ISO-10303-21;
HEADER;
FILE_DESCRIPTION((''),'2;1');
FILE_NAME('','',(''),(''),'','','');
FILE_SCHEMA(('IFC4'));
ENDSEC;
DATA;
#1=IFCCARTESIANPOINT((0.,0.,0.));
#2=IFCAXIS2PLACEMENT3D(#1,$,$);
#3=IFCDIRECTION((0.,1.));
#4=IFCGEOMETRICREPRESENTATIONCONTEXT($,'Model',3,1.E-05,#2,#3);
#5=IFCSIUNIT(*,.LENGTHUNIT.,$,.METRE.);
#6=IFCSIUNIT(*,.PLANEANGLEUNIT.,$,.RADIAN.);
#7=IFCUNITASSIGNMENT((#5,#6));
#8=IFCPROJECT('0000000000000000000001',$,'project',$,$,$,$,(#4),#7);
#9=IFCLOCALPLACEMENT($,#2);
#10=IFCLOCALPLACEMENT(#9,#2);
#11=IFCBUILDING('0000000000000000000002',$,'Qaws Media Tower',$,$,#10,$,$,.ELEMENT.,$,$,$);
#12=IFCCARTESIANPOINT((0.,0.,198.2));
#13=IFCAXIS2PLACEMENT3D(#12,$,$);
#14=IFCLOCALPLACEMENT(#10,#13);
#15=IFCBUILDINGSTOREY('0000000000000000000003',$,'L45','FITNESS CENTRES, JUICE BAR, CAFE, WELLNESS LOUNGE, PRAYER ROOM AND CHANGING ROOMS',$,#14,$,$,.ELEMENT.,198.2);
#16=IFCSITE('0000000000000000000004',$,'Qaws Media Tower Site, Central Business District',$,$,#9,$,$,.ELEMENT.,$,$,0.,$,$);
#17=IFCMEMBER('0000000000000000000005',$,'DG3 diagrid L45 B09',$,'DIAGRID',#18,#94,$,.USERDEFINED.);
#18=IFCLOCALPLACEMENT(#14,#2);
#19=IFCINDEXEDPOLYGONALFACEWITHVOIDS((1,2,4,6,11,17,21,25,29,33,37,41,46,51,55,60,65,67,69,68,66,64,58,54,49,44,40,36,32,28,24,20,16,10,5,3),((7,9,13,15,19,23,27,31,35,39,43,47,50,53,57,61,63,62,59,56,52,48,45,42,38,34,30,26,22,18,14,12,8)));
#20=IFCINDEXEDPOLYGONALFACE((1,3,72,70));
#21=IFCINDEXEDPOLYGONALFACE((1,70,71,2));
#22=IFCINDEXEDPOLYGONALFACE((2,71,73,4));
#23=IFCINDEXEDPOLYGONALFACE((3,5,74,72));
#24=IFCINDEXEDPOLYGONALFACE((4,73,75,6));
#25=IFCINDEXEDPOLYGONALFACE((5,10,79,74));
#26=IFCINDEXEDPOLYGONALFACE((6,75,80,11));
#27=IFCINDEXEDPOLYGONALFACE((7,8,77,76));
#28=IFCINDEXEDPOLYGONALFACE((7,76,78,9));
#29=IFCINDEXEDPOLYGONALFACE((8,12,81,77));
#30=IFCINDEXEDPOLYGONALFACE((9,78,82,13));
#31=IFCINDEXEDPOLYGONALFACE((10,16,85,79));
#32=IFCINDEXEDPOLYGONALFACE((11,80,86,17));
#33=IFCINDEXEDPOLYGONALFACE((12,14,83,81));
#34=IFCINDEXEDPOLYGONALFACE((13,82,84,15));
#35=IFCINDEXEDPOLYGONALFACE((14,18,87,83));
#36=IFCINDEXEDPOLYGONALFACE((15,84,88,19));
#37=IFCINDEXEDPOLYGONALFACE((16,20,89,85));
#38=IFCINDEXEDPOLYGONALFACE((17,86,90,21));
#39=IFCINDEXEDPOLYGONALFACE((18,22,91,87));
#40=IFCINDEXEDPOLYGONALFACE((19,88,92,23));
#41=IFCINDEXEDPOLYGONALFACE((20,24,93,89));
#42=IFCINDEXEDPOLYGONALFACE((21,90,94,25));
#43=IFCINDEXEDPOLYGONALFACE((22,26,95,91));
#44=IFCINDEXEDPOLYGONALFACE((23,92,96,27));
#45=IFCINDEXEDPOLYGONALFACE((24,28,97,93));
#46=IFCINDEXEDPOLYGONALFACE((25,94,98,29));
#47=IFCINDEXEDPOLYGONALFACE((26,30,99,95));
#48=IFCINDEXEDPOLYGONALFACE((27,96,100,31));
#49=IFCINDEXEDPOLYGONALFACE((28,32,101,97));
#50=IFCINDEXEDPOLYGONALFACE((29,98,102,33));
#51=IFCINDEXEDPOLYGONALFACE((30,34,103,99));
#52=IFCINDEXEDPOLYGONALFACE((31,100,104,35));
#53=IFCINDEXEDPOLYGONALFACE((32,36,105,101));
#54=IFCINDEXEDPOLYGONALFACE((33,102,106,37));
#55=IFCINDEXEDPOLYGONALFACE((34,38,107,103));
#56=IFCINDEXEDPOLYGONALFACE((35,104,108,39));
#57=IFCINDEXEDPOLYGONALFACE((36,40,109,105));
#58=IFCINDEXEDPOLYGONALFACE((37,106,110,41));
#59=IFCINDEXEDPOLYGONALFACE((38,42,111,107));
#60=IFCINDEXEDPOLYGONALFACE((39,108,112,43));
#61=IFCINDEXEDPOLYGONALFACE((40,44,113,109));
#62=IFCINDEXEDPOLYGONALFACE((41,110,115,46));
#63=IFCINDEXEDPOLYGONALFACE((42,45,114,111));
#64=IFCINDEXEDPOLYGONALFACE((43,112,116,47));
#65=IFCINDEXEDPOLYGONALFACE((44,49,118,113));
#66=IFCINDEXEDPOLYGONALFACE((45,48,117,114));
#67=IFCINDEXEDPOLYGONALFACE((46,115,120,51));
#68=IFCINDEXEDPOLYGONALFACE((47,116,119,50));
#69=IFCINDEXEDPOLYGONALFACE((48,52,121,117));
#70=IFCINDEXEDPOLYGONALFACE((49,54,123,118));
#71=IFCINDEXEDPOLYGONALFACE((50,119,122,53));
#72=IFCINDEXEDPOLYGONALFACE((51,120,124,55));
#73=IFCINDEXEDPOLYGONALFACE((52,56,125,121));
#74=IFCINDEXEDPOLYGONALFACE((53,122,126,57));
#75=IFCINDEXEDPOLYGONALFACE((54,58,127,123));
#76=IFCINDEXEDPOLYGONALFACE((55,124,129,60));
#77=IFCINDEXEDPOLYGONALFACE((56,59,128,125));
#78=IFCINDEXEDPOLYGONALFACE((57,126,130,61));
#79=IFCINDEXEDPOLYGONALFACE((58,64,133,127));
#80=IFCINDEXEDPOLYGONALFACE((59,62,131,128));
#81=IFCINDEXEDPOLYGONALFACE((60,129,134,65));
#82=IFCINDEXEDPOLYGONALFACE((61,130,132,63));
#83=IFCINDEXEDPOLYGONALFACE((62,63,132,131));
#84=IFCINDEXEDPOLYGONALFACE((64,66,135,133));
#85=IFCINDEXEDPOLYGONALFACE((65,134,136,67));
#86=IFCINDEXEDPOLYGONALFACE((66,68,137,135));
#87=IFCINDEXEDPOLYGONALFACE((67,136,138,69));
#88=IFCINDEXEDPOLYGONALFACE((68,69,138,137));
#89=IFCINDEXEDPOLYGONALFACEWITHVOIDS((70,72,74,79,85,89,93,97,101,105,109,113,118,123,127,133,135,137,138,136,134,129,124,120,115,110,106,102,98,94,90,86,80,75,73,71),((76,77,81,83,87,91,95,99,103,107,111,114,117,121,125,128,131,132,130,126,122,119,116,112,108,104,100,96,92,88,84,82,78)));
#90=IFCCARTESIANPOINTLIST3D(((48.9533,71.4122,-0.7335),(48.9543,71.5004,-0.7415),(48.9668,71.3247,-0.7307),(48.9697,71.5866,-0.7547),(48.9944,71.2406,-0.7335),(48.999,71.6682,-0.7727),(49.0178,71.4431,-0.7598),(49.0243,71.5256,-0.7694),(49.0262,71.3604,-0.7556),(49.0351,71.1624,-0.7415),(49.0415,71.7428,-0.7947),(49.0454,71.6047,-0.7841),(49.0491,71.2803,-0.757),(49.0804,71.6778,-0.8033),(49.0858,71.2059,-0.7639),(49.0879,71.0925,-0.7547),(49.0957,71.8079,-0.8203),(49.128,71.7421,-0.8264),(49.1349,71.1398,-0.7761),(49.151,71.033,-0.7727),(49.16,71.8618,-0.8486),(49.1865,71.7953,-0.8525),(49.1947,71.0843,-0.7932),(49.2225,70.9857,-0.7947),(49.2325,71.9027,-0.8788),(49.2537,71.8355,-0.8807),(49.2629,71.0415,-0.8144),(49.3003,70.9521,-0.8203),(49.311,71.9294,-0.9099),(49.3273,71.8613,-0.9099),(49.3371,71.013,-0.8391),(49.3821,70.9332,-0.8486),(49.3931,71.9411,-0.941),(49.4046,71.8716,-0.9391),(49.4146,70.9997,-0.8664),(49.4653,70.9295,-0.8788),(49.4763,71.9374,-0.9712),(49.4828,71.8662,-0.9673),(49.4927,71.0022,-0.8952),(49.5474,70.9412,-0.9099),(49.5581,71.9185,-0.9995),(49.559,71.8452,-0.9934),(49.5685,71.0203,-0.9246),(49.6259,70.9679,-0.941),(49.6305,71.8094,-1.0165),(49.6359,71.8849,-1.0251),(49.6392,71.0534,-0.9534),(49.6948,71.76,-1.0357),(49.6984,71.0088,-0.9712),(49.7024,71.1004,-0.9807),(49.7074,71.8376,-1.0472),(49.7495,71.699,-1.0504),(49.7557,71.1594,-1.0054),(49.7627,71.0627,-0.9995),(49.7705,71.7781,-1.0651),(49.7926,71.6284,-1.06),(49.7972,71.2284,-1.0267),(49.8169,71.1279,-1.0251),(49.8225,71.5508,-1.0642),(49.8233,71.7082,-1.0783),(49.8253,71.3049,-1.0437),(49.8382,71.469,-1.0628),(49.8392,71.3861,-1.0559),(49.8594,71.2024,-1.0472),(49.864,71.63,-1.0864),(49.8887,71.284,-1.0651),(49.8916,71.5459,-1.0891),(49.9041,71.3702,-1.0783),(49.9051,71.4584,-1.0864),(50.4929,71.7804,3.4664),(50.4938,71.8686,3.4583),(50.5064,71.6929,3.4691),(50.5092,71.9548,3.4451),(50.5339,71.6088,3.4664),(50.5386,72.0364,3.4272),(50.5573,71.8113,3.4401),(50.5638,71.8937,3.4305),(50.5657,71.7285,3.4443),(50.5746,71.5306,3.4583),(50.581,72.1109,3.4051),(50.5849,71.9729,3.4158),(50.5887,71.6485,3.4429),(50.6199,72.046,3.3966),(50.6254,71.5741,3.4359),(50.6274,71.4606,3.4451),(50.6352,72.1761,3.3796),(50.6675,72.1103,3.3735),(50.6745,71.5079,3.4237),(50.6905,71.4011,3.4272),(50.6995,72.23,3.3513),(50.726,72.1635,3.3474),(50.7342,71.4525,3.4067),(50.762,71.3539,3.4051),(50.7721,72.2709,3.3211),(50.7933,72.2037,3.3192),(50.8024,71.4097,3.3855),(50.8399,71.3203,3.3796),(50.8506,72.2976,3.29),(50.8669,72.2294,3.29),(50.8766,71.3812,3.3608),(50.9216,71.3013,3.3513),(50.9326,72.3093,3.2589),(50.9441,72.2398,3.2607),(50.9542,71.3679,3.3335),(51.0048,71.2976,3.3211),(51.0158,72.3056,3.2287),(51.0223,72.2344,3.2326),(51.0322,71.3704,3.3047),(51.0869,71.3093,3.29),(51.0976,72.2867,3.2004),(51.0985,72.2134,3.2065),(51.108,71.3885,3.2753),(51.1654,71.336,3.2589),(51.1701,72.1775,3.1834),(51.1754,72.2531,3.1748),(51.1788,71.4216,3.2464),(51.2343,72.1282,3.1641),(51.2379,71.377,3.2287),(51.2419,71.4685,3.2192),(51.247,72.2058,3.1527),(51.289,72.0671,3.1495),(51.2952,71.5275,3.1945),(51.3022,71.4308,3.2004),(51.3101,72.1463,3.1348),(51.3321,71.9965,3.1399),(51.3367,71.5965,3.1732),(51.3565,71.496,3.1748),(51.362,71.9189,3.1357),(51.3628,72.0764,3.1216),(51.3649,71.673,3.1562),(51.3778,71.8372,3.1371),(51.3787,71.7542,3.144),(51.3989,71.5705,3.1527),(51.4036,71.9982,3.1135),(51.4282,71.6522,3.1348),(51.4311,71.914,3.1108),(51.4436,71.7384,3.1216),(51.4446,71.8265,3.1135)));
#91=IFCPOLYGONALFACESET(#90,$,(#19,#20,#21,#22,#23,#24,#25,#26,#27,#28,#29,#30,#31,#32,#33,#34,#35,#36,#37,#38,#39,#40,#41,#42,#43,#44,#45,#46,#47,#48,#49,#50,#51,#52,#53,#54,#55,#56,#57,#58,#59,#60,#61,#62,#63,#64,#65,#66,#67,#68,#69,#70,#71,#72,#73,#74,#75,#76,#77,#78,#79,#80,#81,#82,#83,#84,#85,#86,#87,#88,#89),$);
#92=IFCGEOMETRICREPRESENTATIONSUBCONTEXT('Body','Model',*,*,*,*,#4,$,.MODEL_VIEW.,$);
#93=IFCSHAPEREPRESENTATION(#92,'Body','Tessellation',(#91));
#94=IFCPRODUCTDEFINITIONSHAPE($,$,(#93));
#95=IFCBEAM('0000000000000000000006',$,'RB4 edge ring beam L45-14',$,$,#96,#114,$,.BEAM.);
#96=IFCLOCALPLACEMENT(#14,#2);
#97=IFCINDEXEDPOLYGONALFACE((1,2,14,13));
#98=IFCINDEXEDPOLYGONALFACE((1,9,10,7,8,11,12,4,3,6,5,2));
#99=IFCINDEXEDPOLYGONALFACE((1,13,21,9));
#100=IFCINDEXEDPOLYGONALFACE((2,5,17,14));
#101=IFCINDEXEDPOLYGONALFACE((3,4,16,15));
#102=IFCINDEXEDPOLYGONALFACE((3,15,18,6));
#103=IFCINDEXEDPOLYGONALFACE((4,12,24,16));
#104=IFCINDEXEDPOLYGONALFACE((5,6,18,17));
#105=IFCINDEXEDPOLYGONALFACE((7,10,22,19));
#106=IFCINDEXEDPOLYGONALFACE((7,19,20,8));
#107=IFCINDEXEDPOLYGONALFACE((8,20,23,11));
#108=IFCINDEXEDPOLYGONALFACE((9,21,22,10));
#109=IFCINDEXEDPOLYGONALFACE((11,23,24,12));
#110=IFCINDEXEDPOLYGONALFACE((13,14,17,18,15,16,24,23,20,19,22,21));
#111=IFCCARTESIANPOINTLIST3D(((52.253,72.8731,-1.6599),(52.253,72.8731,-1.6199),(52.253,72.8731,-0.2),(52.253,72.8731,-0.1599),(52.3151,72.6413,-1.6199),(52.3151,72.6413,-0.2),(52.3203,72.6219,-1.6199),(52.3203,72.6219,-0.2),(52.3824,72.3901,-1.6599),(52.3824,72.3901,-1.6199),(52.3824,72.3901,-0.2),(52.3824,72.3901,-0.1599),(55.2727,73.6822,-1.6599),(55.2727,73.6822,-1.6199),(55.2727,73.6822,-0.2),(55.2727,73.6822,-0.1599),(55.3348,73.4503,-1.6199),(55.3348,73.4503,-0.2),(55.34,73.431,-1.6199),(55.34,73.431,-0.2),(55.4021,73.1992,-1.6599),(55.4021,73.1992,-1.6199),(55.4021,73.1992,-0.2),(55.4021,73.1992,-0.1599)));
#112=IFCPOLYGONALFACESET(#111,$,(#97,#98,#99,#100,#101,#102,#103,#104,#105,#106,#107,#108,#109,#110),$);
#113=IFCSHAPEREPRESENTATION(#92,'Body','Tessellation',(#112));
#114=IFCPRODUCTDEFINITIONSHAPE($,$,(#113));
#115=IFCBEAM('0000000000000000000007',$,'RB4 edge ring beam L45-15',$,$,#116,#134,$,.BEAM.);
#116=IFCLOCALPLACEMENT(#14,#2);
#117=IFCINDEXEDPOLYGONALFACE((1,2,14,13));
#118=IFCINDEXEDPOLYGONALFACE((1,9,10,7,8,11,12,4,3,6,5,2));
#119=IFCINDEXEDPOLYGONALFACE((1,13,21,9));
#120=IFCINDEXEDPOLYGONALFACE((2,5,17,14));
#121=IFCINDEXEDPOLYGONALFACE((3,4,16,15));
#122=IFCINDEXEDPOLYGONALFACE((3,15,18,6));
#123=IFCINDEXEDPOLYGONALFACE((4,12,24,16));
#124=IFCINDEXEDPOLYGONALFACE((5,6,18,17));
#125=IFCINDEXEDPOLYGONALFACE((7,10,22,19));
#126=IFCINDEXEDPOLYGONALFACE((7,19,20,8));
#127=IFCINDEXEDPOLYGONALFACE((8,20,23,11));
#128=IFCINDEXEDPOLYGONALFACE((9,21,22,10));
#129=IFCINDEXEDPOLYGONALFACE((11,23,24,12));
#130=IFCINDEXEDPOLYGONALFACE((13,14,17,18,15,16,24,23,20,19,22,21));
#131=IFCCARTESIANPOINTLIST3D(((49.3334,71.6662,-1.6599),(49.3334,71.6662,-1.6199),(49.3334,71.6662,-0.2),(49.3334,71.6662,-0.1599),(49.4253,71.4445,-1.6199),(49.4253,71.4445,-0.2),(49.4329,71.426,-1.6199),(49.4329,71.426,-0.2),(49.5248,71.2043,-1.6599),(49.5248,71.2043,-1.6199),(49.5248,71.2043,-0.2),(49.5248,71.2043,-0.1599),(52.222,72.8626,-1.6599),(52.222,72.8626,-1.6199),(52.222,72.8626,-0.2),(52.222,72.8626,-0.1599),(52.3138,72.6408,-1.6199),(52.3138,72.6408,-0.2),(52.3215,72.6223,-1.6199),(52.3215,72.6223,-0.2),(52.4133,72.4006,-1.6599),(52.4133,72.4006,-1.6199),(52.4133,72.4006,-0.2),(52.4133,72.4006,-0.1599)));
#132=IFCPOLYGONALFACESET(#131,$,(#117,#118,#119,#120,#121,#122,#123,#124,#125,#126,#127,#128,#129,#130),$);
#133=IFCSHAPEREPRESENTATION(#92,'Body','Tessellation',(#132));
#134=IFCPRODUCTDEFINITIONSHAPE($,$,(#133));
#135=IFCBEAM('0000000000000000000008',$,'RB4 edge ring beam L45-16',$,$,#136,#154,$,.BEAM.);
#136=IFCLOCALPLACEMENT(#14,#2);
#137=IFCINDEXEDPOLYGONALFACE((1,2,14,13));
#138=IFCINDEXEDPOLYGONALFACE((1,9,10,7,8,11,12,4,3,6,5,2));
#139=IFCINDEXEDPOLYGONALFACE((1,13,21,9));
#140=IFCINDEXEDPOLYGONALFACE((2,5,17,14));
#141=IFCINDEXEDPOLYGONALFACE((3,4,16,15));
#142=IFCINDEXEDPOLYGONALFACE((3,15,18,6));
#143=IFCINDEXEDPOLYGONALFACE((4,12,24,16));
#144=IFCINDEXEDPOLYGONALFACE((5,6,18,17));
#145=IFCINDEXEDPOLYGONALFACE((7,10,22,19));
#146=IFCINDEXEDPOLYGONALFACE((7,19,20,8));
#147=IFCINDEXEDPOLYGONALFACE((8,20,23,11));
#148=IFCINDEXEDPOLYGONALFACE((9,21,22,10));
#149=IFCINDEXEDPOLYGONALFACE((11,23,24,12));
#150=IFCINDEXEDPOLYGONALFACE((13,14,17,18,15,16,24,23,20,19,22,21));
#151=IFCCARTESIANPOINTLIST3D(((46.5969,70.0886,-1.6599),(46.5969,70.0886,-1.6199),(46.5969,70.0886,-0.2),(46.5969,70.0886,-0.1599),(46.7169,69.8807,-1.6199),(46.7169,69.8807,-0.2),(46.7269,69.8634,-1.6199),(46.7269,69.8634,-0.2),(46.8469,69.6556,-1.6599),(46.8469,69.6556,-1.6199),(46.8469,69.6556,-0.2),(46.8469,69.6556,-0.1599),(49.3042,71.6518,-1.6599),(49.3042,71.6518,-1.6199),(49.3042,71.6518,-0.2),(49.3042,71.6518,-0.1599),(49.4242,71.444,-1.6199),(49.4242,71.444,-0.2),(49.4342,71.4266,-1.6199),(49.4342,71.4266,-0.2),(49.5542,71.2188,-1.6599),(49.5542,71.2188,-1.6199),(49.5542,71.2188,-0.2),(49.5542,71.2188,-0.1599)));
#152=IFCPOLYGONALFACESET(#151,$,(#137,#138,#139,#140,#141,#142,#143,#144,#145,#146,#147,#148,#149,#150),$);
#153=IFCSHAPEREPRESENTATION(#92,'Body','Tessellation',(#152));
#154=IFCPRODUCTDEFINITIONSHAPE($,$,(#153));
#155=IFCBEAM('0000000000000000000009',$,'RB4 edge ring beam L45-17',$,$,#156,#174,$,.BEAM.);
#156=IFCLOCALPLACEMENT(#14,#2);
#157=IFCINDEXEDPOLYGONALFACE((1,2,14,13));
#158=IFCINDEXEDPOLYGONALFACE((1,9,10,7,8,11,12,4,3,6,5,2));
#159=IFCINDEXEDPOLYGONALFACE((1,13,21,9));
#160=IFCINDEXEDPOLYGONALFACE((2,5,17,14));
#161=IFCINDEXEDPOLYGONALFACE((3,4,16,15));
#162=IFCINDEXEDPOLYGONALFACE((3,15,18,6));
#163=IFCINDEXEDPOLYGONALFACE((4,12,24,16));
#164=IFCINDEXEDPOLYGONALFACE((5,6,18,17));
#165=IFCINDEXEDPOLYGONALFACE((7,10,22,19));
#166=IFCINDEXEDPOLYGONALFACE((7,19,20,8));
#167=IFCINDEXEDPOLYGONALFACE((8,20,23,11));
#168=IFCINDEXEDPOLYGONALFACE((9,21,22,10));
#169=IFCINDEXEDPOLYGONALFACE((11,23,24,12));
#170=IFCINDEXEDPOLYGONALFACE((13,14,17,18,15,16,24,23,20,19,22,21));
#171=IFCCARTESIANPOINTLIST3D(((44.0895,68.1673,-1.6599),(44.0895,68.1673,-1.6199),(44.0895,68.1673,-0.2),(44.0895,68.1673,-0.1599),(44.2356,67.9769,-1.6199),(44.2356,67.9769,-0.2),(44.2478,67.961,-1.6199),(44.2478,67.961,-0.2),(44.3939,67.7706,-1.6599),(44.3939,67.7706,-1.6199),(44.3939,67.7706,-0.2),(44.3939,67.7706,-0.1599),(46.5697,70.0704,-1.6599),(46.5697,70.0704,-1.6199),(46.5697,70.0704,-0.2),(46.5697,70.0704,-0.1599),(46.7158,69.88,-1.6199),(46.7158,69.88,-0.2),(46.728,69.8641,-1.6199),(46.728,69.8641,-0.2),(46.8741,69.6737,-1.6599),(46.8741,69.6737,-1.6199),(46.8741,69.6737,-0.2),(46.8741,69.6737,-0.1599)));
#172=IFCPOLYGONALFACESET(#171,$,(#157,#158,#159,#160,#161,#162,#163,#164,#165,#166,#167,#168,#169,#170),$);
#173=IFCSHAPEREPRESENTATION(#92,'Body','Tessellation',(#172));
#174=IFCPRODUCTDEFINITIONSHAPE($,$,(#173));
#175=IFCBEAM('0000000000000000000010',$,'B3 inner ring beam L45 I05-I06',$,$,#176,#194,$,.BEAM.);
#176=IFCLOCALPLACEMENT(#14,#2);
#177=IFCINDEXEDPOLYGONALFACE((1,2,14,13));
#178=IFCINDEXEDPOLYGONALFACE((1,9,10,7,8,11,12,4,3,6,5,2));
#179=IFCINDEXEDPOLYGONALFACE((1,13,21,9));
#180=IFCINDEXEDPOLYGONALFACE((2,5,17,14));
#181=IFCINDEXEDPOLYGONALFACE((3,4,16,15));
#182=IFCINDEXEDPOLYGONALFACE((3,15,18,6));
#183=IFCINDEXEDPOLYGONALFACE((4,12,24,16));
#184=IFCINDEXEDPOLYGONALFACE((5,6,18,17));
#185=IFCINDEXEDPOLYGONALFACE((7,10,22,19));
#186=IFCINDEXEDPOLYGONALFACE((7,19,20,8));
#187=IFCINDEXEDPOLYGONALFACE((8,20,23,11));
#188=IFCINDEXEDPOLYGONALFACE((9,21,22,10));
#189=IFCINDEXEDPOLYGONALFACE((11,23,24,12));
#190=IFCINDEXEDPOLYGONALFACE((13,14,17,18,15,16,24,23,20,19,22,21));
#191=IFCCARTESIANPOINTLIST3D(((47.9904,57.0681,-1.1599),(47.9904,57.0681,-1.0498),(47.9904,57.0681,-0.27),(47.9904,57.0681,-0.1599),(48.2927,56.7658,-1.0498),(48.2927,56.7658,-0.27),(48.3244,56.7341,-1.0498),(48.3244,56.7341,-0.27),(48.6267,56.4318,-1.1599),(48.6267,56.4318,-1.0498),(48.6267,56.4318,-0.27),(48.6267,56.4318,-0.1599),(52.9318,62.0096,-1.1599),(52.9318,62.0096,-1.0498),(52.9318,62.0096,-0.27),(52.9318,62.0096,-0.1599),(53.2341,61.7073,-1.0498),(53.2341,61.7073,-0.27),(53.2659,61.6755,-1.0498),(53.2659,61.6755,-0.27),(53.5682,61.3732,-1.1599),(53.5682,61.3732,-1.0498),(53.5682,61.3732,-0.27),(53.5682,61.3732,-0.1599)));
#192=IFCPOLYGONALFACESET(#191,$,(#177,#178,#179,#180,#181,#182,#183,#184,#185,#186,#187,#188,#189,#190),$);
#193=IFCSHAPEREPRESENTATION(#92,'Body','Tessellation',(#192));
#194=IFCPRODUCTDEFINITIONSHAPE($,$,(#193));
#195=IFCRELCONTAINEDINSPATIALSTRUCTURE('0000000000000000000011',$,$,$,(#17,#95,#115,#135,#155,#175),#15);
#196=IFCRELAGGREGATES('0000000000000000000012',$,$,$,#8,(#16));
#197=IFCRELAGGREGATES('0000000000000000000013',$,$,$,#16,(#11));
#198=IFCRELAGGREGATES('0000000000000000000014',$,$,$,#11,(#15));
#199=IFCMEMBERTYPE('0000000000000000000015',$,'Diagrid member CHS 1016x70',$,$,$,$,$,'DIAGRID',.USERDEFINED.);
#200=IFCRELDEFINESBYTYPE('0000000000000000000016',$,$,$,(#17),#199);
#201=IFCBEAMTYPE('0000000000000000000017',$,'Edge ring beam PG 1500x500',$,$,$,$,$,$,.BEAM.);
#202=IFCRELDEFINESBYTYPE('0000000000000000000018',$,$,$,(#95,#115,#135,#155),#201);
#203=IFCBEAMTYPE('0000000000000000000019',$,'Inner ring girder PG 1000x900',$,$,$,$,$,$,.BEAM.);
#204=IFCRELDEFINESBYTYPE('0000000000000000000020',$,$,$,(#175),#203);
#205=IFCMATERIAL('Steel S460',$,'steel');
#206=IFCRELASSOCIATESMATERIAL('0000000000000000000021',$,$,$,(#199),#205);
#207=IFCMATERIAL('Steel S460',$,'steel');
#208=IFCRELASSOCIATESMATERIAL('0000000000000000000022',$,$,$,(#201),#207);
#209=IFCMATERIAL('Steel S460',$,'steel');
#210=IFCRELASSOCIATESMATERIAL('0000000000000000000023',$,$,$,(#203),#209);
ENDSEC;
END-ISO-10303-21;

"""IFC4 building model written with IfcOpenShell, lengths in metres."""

from ifc_helpers import new_model, si_unit, direction, frame, origin, origin_2d, place, context, subcontext, project, spatial, hollow_circle, i_section, extrude, material, material_profile, profile_set, type_object, element, save


model = new_model("IFC4")

# Units and contexts
model_context = context("Model", 3, precision=1e-05, world=origin(), true_north=direction((0.0, 1.0)))
body_context = subcontext(model_context, "Body", "Model", "MODEL_VIEW")
ifc_project = project(units=[si_unit("LENGTHUNIT", "METRE"), si_unit("PLANEANGLEUNIT", "RADIAN")], contexts=[model_context])

# Site, building, storey
site_placement = place(None, origin())
site = spatial("IfcSite", under=ifc_project, at=site_placement, Name="Qaws Media Tower Site, Central Business District", CompositionType="ELEMENT", RefElevation=0.0)
building_placement = place(site_placement, origin())
building = spatial("IfcBuilding", under=site, at=building_placement, Name="Qaws Media Tower", CompositionType="ELEMENT")
storey_placement = place(building_placement, frame((0.0, 0.0, 198.2)))
storey = spatial("IfcBuildingStorey", under=building, at=storey_placement, Name="L45", Description="FITNESS CENTRES, JUICE BAR, CAFE, WELLNESS LOUNGE, PRAYER ROOM AND CHANGING ROOMS", CompositionType="ELEMENT", Elevation=198.2)

# Member
ifc_material_1 = material(Name="Steel S460", Category="steel")
ifc_material_profile_1 = material_profile(ifc_material_1, hollow_circle(Radius=0.5081, WallThickness=0.0701, at=origin_2d()), Name="CHS 1016x70")
ifc_profile_set_1 = profile_set([ifc_material_profile_1], Name="Steel S460")
member_type_1 = type_object("IfcMemberType", Name="Diagrid member CHS 1016x70", ElementType="DIAGRID", PredefinedType="USERDEFINED", material=ifc_profile_set_1)
for number, where, z_axis, x_axis, name in (
    (1, (49.4292, 71.4353, -0.9099), (0.34301, 0.082026, 0.935744), (-0.23258, 0.972577, 0.0), "DG3 diagrid L45 B09"),
):
    element("IfcMember", number, at=place(storey_placement, frame(where, z_axis=z_axis, x_axis=x_axis)), inside=storey, type_object=member_type_1, Name=name, ObjectType="DIAGRID", PredefinedType="USERDEFINED", context=body_context, shape_type="SweptSolid", body=[
        extrude(hollow_circle(Radius=0.5081, WallThickness=0.0701, at=origin_2d()), origin(), (0.0, 0.0, 1.0), 4.4883),
    ])

# Beams
ifc_material_2 = material(Name="Steel S460", Category="steel")
ifc_material_profile_2 = material_profile(ifc_material_2, i_section(OverallWidth=0.5, OverallDepth=1.5, WebThickness=0.02, FlangeThickness=0.04, at=origin_2d()), Name="PG 1500x500")
ifc_profile_set_2 = profile_set([ifc_material_profile_2], Name="Steel S460")
beam_type_1 = type_object("IfcBeamType", Name="Edge ring beam PG 1500x500", PredefinedType="BEAM", material=ifc_profile_set_2)
beam_1_placement = place(storey_placement, frame((55.3374, 73.4407, -0.9099), z_axis=(-0.965931, -0.2588, 0.0), x_axis=(0.2588, -0.965931, 0.0)))
element("IfcBeam", 2, at=beam_1_placement, inside=storey, type_object=beam_type_1, Name="RB4 edge ring beam L45-14", PredefinedType="BEAM", context=body_context, shape_type="SweptSolid", body=[
    extrude(i_section(OverallWidth=0.5, OverallDepth=1.5, WebThickness=0.02, FlangeThickness=0.04, at=origin_2d()), origin(), (0.0, 0.0, 1.0), 3.1262),
])
beam_2_placement = place(storey_placement, frame((52.3176, 72.6316, -0.9099), z_axis=(-0.923895, -0.382646, 0.0), x_axis=(0.382646, -0.923895, 0.0)))
element("IfcBeam", 3, at=beam_2_placement, inside=storey, type_object=beam_type_1, Name="RB4 edge ring beam L45-15", PredefinedType="BEAM", context=body_context, shape_type="SweptSolid", body=[
    extrude(i_section(OverallWidth=0.5, OverallDepth=1.5, WebThickness=0.02, FlangeThickness=0.04, at=origin_2d()), origin(), (0.0, 0.0, 1.0), 3.1265),
])
for number, where, z_axis, x_axis, name in (
    (4, (49.4292, 71.4353, -0.9099), (-0.866, -0.500045, 0.0), (0.500045, -0.866, 0.0), "RB4 edge ring beam L45-16"),
    (5, (46.7219, 69.8721, -0.9099), (-0.793364, -0.608748, 0.0), (0.608748, -0.793364, 0.0), "RB4 edge ring beam L45-17"),
):
    element("IfcBeam", number, at=place(storey_placement, frame(where, z_axis=z_axis, x_axis=x_axis)), inside=storey, type_object=beam_type_1, Name=name, PredefinedType="BEAM", context=body_context, shape_type="SweptSolid", body=[
        extrude(i_section(OverallWidth=0.5, OverallDepth=1.5, WebThickness=0.02, FlangeThickness=0.04, at=origin_2d()), origin(), (0.0, 0.0, 1.0), 3.1262),
    ])
ifc_material_3 = material(Name="Steel S460", Category="steel")
ifc_material_profile_3 = material_profile(ifc_material_3, i_section(OverallWidth=0.8999, OverallDepth=1.0, WebThickness=0.0449, FlangeThickness=0.1101, at=origin_2d()), Name="PG 1000x900")
ifc_profile_set_3 = profile_set([ifc_material_profile_3], Name="Steel S460")
beam_type_2 = type_object("IfcBeamType", Name="Inner ring girder PG 1000x900", PredefinedType="BEAM", material=ifc_profile_set_3)
beam_3_placement = place(storey_placement, frame((53.25, 61.6914, -0.6599), z_axis=(-0.707107, -0.707107, 0.0), x_axis=(0.707107, -0.707107, 0.0)))
element("IfcBeam", 6, at=beam_3_placement, inside=storey, type_object=beam_type_2, Name="B3 inner ring beam L45 I05-I06", PredefinedType="BEAM", context=body_context, shape_type="SweptSolid", body=[
    extrude(i_section(OverallWidth=0.8999, OverallDepth=1.0, WebThickness=0.0449, FlangeThickness=0.1101, at=origin_2d()), origin(), (0.0, 0.0, 1.0), 6.9883),
])

save(model, "model.ifc")
